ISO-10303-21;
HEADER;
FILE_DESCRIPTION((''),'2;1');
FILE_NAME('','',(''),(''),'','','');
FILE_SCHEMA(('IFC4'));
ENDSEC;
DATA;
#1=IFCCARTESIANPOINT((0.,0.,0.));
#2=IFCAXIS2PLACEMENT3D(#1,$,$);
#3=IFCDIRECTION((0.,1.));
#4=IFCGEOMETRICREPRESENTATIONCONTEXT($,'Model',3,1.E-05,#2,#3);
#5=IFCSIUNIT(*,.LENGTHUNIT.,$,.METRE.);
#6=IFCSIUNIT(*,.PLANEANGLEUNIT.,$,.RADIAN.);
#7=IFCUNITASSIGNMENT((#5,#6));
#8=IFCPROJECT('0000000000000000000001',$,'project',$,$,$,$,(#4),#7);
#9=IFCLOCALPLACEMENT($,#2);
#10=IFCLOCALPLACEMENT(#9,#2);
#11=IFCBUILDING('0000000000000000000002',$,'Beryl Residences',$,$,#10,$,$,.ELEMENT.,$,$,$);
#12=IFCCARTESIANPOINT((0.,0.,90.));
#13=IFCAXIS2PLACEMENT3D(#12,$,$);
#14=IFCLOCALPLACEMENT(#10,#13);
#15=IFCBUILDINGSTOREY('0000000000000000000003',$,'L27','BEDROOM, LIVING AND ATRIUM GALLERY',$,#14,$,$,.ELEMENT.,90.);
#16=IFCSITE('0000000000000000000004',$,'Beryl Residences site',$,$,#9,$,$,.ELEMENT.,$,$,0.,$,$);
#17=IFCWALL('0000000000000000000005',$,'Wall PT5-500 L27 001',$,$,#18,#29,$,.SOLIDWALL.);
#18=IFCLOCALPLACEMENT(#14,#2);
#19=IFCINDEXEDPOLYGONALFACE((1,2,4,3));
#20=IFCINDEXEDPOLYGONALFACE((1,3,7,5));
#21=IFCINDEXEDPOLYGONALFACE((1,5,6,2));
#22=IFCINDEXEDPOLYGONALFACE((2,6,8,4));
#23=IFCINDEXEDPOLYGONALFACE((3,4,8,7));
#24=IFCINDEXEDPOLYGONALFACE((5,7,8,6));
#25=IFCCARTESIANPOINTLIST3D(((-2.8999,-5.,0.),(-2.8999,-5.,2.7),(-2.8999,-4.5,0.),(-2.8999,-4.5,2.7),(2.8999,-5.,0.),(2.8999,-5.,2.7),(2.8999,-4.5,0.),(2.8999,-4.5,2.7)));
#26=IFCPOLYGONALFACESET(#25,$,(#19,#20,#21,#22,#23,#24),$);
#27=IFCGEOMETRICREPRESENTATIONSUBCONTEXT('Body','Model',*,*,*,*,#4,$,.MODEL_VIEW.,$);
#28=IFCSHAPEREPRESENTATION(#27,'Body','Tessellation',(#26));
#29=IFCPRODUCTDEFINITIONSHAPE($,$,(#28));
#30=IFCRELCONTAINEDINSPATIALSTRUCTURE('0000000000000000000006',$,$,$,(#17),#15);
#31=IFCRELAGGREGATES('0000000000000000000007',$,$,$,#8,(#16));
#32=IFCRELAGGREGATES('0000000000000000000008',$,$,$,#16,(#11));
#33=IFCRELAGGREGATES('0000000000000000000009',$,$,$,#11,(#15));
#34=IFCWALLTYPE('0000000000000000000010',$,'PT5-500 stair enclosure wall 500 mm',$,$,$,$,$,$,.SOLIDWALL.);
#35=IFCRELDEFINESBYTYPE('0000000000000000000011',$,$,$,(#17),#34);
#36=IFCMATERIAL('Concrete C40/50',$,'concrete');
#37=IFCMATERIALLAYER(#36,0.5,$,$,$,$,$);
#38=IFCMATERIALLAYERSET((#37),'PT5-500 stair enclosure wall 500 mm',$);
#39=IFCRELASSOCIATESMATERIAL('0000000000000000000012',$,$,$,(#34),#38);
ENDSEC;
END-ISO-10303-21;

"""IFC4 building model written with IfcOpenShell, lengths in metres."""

from ifc_helpers import new_model, si_unit, direction, frame, frame_2d, origin, place, context, subcontext, project, spatial, rectangle, extrude, material, layer, layer_set, type_object, element, save


model = new_model("IFC4")

# Units and contexts
model_context = context("Model", 3, precision=1e-05, world=origin(), true_north=direction((0.0, 1.0)))
body_context = subcontext(model_context, "Body", "Model", "MODEL_VIEW")
ifc_project = project(units=[si_unit("LENGTHUNIT", "METRE"), si_unit("PLANEANGLEUNIT", "RADIAN")], contexts=[model_context])

# Site, building, storey
site_placement = place(None, origin())
site = spatial("IfcSite", under=ifc_project, at=site_placement, Name="Beryl Residences site", CompositionType="ELEMENT", RefElevation=0.0)
building_placement = place(site_placement, origin())
building = spatial("IfcBuilding", under=site, at=building_placement, Name="Beryl Residences", CompositionType="ELEMENT")
storey_placement = place(building_placement, frame((0.0, 0.0, 90.0)))
storey = spatial("IfcBuildingStorey", under=building, at=storey_placement, Name="L27", Description="BEDROOM, LIVING AND ATRIUM GALLERY", CompositionType="ELEMENT", Elevation=90.0)

# Wall
ifc_material_1 = material(Name="Concrete C40/50", Category="concrete")
ifc_layer_1 = layer(ifc_material_1, 0.5)
ifc_layer_set_1 = layer_set([ifc_layer_1], Name="PT5-500 stair enclosure wall 500 mm")
wall_type_1 = type_object("IfcWallType", Name="PT5-500 stair enclosure wall 500 mm", PredefinedType="SOLIDWALL", material=ifc_layer_set_1)
wall_1_placement = place(storey_placement, frame((-2.8999, -4.75, 0.0), z_axis=(0.0, 0.0, 1.0), x_axis=(1.0, 0.0, 0.0)))
element("IfcWall", 1, at=wall_1_placement, inside=storey, type_object=wall_type_1, Name="Wall PT5-500 L27 001", PredefinedType="SOLIDWALL", context=body_context, shape_type="SweptSolid", body=[
    extrude(rectangle(XDim=5.7998, YDim=0.5, at=frame_2d((2.8999, 0.0))), origin(), (0.0, 0.0, 1.0), 2.7),
])

save(model, "model.ifc")
